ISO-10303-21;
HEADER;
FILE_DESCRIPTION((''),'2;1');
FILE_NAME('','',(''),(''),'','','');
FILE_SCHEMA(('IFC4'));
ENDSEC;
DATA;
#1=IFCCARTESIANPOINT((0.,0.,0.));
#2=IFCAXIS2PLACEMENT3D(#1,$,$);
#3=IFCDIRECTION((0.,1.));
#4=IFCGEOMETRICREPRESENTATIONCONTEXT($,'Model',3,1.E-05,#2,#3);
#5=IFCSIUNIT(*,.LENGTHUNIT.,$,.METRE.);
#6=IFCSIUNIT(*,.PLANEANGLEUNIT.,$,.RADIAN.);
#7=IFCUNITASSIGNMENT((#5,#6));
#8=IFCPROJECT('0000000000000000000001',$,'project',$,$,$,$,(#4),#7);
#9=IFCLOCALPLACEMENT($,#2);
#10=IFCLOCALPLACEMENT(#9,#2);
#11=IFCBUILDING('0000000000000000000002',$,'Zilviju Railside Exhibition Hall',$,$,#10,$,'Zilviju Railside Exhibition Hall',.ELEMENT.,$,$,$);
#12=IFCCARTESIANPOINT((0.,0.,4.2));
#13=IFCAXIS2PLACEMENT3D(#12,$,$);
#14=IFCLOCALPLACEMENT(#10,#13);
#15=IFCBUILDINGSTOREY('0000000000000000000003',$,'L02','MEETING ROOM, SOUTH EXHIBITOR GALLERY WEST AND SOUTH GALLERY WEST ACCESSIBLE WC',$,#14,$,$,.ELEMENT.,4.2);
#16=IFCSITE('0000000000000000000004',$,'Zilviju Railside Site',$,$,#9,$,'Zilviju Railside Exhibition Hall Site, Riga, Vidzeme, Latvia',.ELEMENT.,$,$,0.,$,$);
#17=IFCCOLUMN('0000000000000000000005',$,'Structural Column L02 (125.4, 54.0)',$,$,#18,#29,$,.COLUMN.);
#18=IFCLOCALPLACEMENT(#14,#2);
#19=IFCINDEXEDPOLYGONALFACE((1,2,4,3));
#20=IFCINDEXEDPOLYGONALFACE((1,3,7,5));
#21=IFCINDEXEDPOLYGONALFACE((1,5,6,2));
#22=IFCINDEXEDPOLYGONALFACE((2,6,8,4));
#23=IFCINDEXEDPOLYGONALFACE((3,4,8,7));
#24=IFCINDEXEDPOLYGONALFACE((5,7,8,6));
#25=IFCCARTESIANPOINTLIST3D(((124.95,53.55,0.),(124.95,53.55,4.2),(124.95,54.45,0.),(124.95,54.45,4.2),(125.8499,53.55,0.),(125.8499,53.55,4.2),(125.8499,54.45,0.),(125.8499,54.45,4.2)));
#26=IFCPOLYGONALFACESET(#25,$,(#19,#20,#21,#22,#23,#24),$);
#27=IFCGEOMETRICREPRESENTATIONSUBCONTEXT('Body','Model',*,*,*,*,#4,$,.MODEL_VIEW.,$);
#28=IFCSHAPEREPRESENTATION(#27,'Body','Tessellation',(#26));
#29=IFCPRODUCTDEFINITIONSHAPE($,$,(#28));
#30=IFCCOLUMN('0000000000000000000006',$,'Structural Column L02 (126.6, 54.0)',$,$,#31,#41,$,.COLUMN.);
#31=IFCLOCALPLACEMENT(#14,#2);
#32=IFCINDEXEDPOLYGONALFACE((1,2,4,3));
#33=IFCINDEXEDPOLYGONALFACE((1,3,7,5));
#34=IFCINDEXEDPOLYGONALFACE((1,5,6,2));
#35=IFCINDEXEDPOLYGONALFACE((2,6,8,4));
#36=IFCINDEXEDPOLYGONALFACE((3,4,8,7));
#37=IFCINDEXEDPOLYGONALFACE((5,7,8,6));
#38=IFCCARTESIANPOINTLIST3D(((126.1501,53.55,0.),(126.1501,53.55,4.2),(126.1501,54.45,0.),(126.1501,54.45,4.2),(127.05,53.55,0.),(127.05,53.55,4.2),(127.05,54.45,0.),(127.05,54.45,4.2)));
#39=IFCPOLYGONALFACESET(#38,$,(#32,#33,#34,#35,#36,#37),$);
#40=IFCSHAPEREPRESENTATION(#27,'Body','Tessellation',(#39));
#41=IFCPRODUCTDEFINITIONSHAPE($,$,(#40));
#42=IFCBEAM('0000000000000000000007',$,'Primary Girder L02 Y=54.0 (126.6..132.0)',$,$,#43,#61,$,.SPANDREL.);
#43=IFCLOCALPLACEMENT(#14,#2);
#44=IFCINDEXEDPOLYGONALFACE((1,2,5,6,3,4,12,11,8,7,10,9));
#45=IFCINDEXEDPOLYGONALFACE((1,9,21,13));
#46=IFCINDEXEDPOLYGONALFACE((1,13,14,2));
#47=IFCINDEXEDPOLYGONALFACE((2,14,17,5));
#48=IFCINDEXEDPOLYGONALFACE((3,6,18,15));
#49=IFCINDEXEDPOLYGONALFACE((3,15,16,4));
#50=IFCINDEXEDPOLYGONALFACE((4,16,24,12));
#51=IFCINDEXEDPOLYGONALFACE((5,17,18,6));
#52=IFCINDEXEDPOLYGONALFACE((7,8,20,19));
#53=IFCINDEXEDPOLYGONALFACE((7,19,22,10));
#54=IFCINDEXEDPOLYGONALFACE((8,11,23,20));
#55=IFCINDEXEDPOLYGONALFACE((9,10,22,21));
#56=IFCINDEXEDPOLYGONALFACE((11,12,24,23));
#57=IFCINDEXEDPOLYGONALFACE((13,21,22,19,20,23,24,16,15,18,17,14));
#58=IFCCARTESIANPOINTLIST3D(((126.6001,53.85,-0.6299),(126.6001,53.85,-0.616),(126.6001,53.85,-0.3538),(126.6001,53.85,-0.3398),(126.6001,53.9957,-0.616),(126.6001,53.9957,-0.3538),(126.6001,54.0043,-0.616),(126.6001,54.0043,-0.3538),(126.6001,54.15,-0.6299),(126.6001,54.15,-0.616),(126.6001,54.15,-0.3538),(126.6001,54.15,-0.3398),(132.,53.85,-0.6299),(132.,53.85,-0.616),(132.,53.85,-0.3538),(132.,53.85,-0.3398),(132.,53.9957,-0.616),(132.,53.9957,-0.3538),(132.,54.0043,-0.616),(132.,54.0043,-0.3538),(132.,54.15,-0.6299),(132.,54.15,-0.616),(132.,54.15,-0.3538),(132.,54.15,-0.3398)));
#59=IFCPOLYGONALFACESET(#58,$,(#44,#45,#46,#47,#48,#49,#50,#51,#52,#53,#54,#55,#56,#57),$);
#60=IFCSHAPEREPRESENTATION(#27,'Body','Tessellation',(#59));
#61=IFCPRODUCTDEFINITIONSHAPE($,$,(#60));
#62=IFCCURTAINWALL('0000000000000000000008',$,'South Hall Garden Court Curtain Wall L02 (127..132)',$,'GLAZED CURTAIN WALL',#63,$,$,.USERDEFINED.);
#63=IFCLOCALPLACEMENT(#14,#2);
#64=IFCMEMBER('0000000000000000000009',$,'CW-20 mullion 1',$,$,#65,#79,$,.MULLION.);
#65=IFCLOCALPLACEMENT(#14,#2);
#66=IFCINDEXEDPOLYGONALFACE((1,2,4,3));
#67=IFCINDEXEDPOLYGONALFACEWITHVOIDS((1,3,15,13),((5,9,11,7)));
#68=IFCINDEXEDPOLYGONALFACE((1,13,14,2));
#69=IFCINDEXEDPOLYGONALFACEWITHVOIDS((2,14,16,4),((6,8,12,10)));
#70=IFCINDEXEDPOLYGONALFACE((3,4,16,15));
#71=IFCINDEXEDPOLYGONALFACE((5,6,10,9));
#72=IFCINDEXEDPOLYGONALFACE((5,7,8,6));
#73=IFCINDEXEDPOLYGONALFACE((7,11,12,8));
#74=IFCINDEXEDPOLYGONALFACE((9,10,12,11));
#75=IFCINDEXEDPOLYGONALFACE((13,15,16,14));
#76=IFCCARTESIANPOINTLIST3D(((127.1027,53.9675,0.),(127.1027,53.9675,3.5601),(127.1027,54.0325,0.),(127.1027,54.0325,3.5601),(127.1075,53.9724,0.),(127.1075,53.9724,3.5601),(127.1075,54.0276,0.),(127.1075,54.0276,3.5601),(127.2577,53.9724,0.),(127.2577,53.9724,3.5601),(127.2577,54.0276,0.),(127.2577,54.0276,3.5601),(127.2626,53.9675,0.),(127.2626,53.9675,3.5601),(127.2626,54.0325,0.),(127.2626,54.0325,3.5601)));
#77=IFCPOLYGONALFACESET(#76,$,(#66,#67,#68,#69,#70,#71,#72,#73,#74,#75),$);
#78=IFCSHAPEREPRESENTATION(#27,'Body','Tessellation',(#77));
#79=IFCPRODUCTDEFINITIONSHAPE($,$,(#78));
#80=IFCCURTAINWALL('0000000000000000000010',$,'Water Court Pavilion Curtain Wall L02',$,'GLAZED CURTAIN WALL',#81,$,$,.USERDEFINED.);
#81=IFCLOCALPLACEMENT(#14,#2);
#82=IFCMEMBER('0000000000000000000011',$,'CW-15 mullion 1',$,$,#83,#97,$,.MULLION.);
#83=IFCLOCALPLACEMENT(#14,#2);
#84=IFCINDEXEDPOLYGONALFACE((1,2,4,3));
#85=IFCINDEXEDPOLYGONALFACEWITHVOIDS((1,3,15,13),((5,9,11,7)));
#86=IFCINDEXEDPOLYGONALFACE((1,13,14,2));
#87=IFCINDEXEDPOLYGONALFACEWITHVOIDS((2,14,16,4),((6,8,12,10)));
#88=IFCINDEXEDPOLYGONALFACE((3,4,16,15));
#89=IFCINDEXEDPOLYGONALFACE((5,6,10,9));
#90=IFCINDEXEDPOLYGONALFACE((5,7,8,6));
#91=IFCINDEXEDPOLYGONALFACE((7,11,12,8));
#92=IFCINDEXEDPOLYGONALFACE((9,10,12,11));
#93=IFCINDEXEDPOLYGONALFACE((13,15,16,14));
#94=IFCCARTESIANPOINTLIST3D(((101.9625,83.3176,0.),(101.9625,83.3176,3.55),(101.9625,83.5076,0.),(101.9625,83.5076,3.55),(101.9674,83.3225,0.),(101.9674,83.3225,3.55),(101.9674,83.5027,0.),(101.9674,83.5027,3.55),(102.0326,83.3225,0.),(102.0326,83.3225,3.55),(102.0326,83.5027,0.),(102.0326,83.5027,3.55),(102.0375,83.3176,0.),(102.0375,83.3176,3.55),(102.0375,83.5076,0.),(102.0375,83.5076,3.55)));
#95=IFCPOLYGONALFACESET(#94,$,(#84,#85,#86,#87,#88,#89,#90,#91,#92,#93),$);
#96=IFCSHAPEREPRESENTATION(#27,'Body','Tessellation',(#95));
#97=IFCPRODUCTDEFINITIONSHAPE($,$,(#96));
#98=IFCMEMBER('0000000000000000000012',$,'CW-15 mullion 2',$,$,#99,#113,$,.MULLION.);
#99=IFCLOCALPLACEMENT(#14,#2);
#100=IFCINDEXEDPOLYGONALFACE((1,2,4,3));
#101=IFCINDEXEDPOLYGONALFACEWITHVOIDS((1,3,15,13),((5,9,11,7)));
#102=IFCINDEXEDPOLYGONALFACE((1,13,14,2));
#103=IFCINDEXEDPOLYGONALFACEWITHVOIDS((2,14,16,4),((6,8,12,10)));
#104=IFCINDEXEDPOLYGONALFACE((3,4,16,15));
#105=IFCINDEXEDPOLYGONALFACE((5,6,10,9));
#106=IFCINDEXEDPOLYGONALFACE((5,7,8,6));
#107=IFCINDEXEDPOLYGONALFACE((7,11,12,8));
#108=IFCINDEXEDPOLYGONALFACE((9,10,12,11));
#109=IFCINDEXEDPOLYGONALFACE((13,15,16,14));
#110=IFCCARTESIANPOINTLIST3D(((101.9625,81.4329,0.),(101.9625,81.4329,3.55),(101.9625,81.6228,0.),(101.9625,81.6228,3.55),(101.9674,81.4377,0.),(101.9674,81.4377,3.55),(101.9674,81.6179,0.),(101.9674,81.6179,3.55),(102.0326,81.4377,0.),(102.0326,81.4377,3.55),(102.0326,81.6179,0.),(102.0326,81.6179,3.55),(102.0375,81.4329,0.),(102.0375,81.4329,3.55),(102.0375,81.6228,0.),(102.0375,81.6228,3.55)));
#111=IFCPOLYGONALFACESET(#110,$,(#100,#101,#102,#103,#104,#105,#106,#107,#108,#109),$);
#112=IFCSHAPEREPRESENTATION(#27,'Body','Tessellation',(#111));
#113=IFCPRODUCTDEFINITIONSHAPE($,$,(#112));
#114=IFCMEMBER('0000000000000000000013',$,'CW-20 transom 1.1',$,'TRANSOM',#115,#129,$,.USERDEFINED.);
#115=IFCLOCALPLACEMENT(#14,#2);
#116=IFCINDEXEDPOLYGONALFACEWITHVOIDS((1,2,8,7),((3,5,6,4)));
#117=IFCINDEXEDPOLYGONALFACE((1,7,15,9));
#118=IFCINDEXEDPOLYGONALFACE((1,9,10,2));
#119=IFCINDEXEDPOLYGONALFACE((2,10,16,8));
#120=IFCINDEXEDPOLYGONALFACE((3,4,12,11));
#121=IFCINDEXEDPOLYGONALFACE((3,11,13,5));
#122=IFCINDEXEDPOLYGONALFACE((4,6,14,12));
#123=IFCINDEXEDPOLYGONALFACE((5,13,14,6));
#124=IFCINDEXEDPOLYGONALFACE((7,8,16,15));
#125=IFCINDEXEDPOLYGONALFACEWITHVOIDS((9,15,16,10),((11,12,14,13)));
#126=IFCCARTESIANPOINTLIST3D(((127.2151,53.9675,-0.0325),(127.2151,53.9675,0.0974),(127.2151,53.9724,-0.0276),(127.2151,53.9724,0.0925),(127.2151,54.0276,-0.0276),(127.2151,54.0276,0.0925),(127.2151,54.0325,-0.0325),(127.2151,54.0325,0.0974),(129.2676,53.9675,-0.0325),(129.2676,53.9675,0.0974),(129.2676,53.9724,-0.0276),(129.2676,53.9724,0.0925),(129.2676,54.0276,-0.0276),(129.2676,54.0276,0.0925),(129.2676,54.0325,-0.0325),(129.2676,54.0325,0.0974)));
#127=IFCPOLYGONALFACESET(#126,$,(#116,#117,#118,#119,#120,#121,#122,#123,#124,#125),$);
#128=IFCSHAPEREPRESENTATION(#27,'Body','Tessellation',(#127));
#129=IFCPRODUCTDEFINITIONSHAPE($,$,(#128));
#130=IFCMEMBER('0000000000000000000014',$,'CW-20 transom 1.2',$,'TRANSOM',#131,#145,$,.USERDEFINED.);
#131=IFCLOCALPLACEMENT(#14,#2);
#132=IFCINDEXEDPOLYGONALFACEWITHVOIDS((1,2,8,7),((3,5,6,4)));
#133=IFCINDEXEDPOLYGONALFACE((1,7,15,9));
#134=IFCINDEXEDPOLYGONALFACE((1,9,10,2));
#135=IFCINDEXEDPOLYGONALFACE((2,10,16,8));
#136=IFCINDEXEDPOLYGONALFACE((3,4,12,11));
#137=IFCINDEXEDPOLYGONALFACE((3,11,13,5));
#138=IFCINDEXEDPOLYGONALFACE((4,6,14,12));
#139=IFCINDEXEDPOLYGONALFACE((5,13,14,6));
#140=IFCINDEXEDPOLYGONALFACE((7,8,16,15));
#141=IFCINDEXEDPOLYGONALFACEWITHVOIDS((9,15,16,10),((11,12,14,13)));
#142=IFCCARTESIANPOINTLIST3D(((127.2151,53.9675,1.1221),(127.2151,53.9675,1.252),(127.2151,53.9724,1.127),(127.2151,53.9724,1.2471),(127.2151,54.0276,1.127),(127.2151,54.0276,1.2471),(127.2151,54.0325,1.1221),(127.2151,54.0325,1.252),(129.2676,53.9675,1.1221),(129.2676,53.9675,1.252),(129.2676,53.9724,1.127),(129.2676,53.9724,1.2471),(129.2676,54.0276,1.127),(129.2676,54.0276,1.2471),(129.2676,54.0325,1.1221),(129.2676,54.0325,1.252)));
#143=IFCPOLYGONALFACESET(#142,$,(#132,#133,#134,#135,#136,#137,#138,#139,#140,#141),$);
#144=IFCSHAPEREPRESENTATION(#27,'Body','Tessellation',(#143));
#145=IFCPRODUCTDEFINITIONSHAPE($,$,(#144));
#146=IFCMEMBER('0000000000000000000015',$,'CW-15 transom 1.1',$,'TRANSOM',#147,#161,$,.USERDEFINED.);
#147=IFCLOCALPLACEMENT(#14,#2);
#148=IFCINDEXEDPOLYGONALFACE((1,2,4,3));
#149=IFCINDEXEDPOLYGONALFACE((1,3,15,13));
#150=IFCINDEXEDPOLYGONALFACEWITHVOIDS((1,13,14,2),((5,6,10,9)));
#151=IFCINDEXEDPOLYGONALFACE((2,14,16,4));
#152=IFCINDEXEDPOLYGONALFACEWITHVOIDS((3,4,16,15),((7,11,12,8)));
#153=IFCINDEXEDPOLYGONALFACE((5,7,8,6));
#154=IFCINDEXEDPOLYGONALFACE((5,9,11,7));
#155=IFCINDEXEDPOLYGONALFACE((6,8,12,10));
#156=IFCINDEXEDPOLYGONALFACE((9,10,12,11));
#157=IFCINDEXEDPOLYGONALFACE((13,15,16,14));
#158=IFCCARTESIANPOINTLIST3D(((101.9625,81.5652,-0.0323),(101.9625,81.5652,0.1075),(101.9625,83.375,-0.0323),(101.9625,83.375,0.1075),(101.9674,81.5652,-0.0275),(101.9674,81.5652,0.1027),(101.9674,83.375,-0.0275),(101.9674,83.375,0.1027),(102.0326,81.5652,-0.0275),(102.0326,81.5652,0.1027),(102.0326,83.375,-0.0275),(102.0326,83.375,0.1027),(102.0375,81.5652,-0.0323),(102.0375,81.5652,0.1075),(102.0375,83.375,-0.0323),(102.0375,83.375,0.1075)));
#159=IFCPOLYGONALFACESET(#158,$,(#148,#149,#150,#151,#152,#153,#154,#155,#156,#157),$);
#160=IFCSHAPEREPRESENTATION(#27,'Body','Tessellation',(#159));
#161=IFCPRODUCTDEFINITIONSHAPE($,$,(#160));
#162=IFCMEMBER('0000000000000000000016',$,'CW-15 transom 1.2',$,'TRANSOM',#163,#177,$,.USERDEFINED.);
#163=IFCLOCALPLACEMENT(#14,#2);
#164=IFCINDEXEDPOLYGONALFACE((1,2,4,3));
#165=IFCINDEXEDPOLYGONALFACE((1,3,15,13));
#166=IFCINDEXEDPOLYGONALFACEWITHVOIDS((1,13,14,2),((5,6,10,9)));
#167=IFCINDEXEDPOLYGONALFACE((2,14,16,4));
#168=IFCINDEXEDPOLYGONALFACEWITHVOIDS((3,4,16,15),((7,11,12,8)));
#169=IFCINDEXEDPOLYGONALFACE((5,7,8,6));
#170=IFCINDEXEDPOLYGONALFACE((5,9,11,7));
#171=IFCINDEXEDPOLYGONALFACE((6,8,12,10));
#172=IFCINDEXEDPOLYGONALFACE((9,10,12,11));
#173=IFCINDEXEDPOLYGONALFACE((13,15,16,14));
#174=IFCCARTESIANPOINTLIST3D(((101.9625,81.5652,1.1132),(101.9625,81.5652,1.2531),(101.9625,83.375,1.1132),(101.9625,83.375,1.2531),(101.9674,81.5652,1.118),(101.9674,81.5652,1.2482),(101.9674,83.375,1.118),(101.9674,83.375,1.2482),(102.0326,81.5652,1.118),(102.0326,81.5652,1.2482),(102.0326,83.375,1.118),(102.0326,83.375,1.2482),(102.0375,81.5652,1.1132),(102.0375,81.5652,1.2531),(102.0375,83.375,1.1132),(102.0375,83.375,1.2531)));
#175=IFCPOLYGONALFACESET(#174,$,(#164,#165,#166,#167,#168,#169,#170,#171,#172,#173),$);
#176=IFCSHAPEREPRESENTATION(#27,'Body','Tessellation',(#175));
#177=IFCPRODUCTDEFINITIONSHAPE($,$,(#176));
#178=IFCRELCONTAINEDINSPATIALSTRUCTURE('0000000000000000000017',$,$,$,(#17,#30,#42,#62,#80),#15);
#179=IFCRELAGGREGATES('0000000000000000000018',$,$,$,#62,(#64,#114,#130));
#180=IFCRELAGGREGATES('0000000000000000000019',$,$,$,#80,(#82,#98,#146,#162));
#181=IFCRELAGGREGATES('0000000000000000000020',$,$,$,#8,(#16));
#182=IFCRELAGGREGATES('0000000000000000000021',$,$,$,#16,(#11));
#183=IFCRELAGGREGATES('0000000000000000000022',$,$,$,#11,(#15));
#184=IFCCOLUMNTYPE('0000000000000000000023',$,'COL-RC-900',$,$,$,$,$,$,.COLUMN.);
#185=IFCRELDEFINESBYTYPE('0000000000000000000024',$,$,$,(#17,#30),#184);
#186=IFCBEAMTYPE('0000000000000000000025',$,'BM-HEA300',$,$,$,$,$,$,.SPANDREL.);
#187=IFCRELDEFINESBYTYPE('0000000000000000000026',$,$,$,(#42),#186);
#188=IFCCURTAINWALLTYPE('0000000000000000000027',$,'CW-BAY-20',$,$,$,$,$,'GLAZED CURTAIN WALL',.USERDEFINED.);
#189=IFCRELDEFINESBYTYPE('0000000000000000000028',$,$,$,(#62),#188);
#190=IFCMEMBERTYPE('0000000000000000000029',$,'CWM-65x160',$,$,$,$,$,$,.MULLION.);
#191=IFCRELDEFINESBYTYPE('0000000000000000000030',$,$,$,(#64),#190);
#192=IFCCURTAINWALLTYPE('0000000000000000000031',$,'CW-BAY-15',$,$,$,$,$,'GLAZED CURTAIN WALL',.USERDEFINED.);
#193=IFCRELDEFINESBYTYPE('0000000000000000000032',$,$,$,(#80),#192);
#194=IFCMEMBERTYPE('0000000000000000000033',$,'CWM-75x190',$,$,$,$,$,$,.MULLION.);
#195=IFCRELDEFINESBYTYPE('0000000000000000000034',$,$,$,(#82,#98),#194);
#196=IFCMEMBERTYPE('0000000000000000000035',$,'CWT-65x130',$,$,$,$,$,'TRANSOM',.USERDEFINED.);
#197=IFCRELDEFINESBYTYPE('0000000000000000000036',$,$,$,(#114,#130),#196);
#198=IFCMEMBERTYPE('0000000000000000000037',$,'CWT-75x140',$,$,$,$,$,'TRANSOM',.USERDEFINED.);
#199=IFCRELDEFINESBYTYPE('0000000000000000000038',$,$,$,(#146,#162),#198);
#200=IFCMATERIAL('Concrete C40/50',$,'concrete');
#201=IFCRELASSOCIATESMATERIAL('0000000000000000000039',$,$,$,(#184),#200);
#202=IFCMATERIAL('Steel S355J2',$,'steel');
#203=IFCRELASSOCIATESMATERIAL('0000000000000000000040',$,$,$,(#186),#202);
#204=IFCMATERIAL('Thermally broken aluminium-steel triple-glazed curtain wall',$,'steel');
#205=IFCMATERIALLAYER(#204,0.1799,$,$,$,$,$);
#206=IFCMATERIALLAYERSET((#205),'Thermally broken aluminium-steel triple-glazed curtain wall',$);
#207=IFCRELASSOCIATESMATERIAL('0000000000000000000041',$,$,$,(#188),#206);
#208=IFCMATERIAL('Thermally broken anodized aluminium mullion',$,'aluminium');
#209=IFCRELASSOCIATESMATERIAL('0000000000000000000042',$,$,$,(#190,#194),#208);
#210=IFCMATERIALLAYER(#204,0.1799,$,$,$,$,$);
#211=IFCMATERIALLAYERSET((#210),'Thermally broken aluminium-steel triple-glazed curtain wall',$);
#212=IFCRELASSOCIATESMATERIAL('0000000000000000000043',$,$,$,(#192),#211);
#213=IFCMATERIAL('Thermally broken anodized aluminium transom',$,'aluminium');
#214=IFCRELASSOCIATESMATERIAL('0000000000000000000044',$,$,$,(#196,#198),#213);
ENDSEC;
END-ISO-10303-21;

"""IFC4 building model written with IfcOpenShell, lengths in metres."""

from ifc_helpers import new_model, si_unit, direction, frame, origin, origin_2d, place, context, subcontext, project, spatial, rectangle, hollow_rectangle, i_section, extrude, material, layer, layer_set, material_profile, profile_set, type_object, element, aggregate, save


model = new_model("IFC4")

# Units and contexts
model_context = context("Model", 3, precision=1e-05, world=origin(), true_north=direction((0.0, 1.0)))
body_context = subcontext(model_context, "Body", "Model", "MODEL_VIEW")
ifc_project = project(units=[si_unit("LENGTHUNIT", "METRE"), si_unit("PLANEANGLEUNIT", "RADIAN")], contexts=[model_context])

# Site, building, storey
site_placement = place(None, origin())
site = spatial("IfcSite", under=ifc_project, at=site_placement, Name="Zilviju Railside Site", LongName="Zilviju Railside Exhibition Hall Site, Riga, Vidzeme, Latvia", CompositionType="ELEMENT", RefElevation=0.0)
building_placement = place(site_placement, origin())
building = spatial("IfcBuilding", under=site, at=building_placement, Name="Zilviju Railside Exhibition Hall", LongName="Zilviju Railside Exhibition Hall", CompositionType="ELEMENT")
storey_placement = place(building_placement, frame((0.0, 0.0, 4.2)))
storey = spatial("IfcBuildingStorey", under=building, at=storey_placement, Name="L02", Description="MEETING ROOM, SOUTH EXHIBITOR GALLERY WEST AND SOUTH GALLERY WEST ACCESSIBLE WC", CompositionType="ELEMENT", Elevation=4.2)

# Columns
ifc_material_1 = material(Name="Concrete C40/50", Category="concrete")
ifc_material_profile_1 = material_profile(ifc_material_1, rectangle(XDim=0.8999, YDim=0.8999, at=origin_2d()), Name="RC COL 900x900")
ifc_profile_set_1 = profile_set([ifc_material_profile_1], Name="Concrete C40/50")
column_type = type_object("IfcColumnType", Name="COL-RC-900", PredefinedType="COLUMN", material=ifc_profile_set_1)
for number, where, z_axis, x_axis, name in (
    (1, (125.3999, 54.0, 0.0), (0.0, 0.0, 1.0), (1.0, 0.0, 0.0), "Structural Column L02 (125.4, 54.0)"),
    (2, (126.6001, 54.0, 0.0), (0.0, 0.0, 1.0), (1.0, 0.0, 0.0), "Structural Column L02 (126.6, 54.0)"),
):
    element("IfcColumn", number, at=place(storey_placement, frame(where, z_axis=z_axis, x_axis=x_axis)), inside=storey, type_object=column_type, Name=name, PredefinedType="COLUMN", context=body_context, shape_type="SweptSolid", body=[
        extrude(rectangle(XDim=0.8999, YDim=0.8999, at=origin_2d()), origin(), (0.0, 0.0, 1.0), 4.2),
    ])

# Beam
ifc_material_2 = material(Name="Steel S355J2", Category="steel")
ifc_material_profile_2 = material_profile(ifc_material_2, i_section(OverallWidth=0.3, OverallDepth=0.29, WebThickness=0.0085, FlangeThickness=0.0139, at=origin_2d()), Name="HEA 300")
ifc_profile_set_2 = profile_set([ifc_material_profile_2], Name="Steel S355J2")
beam_type = type_object("IfcBeamType", Name="BM-HEA300", PredefinedType="SPANDREL", material=ifc_profile_set_2)
beam_placement = place(storey_placement, frame((126.6001, 54.0, -0.4849), z_axis=(1.0, 0.0, 0.0), x_axis=(0.0, 1.0, 0.0)))
element("IfcBeam", 3, at=beam_placement, inside=storey, type_object=beam_type, Name="Primary Girder L02 Y=54.0 (126.6..132.0)", PredefinedType="SPANDREL", context=body_context, shape_type="SweptSolid", body=[
    extrude(i_section(OverallWidth=0.3, OverallDepth=0.29, WebThickness=0.0085, FlangeThickness=0.0139, at=origin_2d()), origin(), (0.0, 0.0, 1.0), 5.3999),
])

# Curtain wall, member
ifc_material_3 = material(Name="Thermally broken aluminium-steel triple-glazed curtain wall", Category="steel")
ifc_layer_1 = layer(ifc_material_3, 0.1799)
ifc_layer_set_1 = layer_set([ifc_layer_1], Name="Thermally broken aluminium-steel triple-glazed curtain wall")
curtain_wall_type_1 = type_object("IfcCurtainWallType", Name="CW-BAY-20", ElementType="GLAZED CURTAIN WALL", PredefinedType="USERDEFINED", material=ifc_layer_set_1)
curtain_wall_1_placement = place(storey_placement, origin())
curtain_wall_1 = element("IfcCurtainWall", 4, at=curtain_wall_1_placement, inside=storey, type_object=curtain_wall_type_1, Name="South Hall Garden Court Curtain Wall L02 (127..132)", ObjectType="GLAZED CURTAIN WALL", PredefinedType="USERDEFINED")
ifc_material_4 = material(Name="Thermally broken anodized aluminium mullion", Category="aluminium")
ifc_material_profile_3 = material_profile(ifc_material_4, hollow_rectangle(XDim=0.0649, YDim=0.1599, WallThickness=0.0049, at=origin_2d()), Name="MULLION 160x65x5")
ifc_profile_set_3 = profile_set([ifc_material_profile_3], Name="Thermally broken anodized aluminium mullion")
member_type_1 = type_object("IfcMemberType", Name="CWM-65x160", PredefinedType="MULLION", material=ifc_profile_set_3)
member_1_placement = place(storey_placement, frame((127.1826, 54.0, 0.0), z_axis=(0.0, 0.0, 1.0), x_axis=(0.0, 1.0, 0.0)))
member_1 = element("IfcMember", 5, at=member_1_placement, type_object=member_type_1, Name="CW-20 mullion 1", PredefinedType="MULLION", context=body_context, shape_type="SweptSolid", body=[
    extrude(hollow_rectangle(XDim=0.0649, YDim=0.1599, WallThickness=0.0049, at=origin_2d()), origin(), (0.0, 0.0, 1.0), 3.5601),
])

# Curtain wall, members
ifc_layer_2 = layer(ifc_material_3, 0.1799)
ifc_layer_set_2 = layer_set([ifc_layer_2], Name="Thermally broken aluminium-steel triple-glazed curtain wall")
curtain_wall_type_2 = type_object("IfcCurtainWallType", Name="CW-BAY-15", ElementType="GLAZED CURTAIN WALL", PredefinedType="USERDEFINED", material=ifc_layer_set_2)
curtain_wall_2_placement = place(storey_placement, origin())
curtain_wall_2 = element("IfcCurtainWall", 6, at=curtain_wall_2_placement, inside=storey, type_object=curtain_wall_type_2, Name="Water Court Pavilion Curtain Wall L02", ObjectType="GLAZED CURTAIN WALL", PredefinedType="USERDEFINED")
ifc_material_profile_4 = material_profile(ifc_material_4, hollow_rectangle(XDim=0.075, YDim=0.1899, WallThickness=0.0049, at=origin_2d()), Name="MULLION 190x75x5")
ifc_profile_set_4 = profile_set([ifc_material_profile_4], Name="Thermally broken anodized aluminium mullion")
member_type_2 = type_object("IfcMemberType", Name="CWM-75x190", PredefinedType="MULLION", material=ifc_profile_set_4)
member_2_placement = place(storey_placement, frame((102.0, 83.4126, 0.0), z_axis=(0.0, 0.0, 1.0), x_axis=(1.0, 0.0, 0.0)))
member_2 = element("IfcMember", 7, at=member_2_placement, type_object=member_type_2, Name="CW-15 mullion 1", PredefinedType="MULLION", context=body_context, shape_type="SweptSolid", body=[
    extrude(hollow_rectangle(XDim=0.075, YDim=0.1899, WallThickness=0.0049, at=origin_2d()), origin(), (0.0, 0.0, 1.0), 3.55),
])
member_3_placement = place(storey_placement, frame((102.0, 81.5278, 0.0), z_axis=(0.0, 0.0, 1.0), x_axis=(1.0, 0.0, 0.0)))
member_3 = element("IfcMember", 8, at=member_3_placement, type_object=member_type_2, Name="CW-15 mullion 2", PredefinedType="MULLION", context=body_context, shape_type="SweptSolid", body=[
    extrude(hollow_rectangle(XDim=0.075, YDim=0.1899, WallThickness=0.0049, at=origin_2d()), origin(), (0.0, 0.0, 1.0), 3.55),
])

# Members
ifc_material_5 = material(Name="Thermally broken anodized aluminium transom", Category="aluminium")
ifc_material_profile_5 = material_profile(ifc_material_5, hollow_rectangle(XDim=0.0649, YDim=0.1299, WallThickness=0.0049, at=origin_2d()), Name="TRANSOM 130x65x5")
ifc_profile_set_5 = profile_set([ifc_material_profile_5], Name="Thermally broken anodized aluminium transom")
member_type_3 = type_object("IfcMemberType", Name="CWT-65x130", ElementType="TRANSOM", PredefinedType="USERDEFINED", material=ifc_profile_set_5)
member_4_placement = place(storey_placement, frame((127.2151, 54.0, 0.0325), z_axis=(1.0, 0.0, 0.0), x_axis=(0.0, 1.0, 0.0)))
member_4 = element("IfcMember", 9, at=member_4_placement, type_object=member_type_3, Name="CW-20 transom 1.1", ObjectType="TRANSOM", PredefinedType="USERDEFINED", context=body_context, shape_type="SweptSolid", body=[
    extrude(hollow_rectangle(XDim=0.0649, YDim=0.1299, WallThickness=0.0049, at=origin_2d()), origin(), (0.0, 0.0, 1.0), 2.0525),
])
member_5_placement = place(storey_placement, frame((127.2151, 54.0, 1.187), z_axis=(1.0, 0.0, 0.0), x_axis=(0.0, 1.0, 0.0)))
member_5 = element("IfcMember", 10, at=member_5_placement, type_object=member_type_3, Name="CW-20 transom 1.2", ObjectType="TRANSOM", PredefinedType="USERDEFINED", context=body_context, shape_type="SweptSolid", body=[
    extrude(hollow_rectangle(XDim=0.0649, YDim=0.1299, WallThickness=0.0049, at=origin_2d()), origin(), (0.0, 0.0, 1.0), 2.0525),
])
aggregate(curtain_wall_1, [member_1, member_4, member_5])
ifc_material_profile_6 = material_profile(ifc_material_5, hollow_rectangle(XDim=0.075, YDim=0.1399, WallThickness=0.0049, at=origin_2d()), Name="TRANSOM 140x75x5")
ifc_profile_set_6 = profile_set([ifc_material_profile_6], Name="Thermally broken anodized aluminium transom")
member_type_4 = type_object("IfcMemberType", Name="CWT-75x140", ElementType="TRANSOM", PredefinedType="USERDEFINED", material=ifc_profile_set_6)
member_6_placement = place(storey_placement, frame((102.0, 83.375, 0.0376), z_axis=(0.0, -1.0, 0.0), x_axis=(1.0, 0.0, 0.0)))
member_6 = element("IfcMember", 11, at=member_6_placement, type_object=member_type_4, Name="CW-15 transom 1.1", ObjectType="TRANSOM", PredefinedType="USERDEFINED", context=body_context, shape_type="SweptSolid", body=[
    extrude(hollow_rectangle(XDim=0.075, YDim=0.1399, WallThickness=0.0049, at=origin_2d()), origin(), (0.0, 0.0, 1.0), 1.8098),
])
member_7_placement = place(storey_placement, frame((102.0, 83.375, 1.1831), z_axis=(0.0, -1.0, 0.0), x_axis=(1.0, 0.0, 0.0)))
member_7 = element("IfcMember", 12, at=member_7_placement, type_object=member_type_4, Name="CW-15 transom 1.2", ObjectType="TRANSOM", PredefinedType="USERDEFINED", context=body_context, shape_type="SweptSolid", body=[
    extrude(hollow_rectangle(XDim=0.075, YDim=0.1399, WallThickness=0.0049, at=origin_2d()), origin(), (0.0, 0.0, 1.0), 1.8098),
])

aggregate(curtain_wall_2, [member_2, member_3, member_6, member_7])

save(model, "model.ifc")
